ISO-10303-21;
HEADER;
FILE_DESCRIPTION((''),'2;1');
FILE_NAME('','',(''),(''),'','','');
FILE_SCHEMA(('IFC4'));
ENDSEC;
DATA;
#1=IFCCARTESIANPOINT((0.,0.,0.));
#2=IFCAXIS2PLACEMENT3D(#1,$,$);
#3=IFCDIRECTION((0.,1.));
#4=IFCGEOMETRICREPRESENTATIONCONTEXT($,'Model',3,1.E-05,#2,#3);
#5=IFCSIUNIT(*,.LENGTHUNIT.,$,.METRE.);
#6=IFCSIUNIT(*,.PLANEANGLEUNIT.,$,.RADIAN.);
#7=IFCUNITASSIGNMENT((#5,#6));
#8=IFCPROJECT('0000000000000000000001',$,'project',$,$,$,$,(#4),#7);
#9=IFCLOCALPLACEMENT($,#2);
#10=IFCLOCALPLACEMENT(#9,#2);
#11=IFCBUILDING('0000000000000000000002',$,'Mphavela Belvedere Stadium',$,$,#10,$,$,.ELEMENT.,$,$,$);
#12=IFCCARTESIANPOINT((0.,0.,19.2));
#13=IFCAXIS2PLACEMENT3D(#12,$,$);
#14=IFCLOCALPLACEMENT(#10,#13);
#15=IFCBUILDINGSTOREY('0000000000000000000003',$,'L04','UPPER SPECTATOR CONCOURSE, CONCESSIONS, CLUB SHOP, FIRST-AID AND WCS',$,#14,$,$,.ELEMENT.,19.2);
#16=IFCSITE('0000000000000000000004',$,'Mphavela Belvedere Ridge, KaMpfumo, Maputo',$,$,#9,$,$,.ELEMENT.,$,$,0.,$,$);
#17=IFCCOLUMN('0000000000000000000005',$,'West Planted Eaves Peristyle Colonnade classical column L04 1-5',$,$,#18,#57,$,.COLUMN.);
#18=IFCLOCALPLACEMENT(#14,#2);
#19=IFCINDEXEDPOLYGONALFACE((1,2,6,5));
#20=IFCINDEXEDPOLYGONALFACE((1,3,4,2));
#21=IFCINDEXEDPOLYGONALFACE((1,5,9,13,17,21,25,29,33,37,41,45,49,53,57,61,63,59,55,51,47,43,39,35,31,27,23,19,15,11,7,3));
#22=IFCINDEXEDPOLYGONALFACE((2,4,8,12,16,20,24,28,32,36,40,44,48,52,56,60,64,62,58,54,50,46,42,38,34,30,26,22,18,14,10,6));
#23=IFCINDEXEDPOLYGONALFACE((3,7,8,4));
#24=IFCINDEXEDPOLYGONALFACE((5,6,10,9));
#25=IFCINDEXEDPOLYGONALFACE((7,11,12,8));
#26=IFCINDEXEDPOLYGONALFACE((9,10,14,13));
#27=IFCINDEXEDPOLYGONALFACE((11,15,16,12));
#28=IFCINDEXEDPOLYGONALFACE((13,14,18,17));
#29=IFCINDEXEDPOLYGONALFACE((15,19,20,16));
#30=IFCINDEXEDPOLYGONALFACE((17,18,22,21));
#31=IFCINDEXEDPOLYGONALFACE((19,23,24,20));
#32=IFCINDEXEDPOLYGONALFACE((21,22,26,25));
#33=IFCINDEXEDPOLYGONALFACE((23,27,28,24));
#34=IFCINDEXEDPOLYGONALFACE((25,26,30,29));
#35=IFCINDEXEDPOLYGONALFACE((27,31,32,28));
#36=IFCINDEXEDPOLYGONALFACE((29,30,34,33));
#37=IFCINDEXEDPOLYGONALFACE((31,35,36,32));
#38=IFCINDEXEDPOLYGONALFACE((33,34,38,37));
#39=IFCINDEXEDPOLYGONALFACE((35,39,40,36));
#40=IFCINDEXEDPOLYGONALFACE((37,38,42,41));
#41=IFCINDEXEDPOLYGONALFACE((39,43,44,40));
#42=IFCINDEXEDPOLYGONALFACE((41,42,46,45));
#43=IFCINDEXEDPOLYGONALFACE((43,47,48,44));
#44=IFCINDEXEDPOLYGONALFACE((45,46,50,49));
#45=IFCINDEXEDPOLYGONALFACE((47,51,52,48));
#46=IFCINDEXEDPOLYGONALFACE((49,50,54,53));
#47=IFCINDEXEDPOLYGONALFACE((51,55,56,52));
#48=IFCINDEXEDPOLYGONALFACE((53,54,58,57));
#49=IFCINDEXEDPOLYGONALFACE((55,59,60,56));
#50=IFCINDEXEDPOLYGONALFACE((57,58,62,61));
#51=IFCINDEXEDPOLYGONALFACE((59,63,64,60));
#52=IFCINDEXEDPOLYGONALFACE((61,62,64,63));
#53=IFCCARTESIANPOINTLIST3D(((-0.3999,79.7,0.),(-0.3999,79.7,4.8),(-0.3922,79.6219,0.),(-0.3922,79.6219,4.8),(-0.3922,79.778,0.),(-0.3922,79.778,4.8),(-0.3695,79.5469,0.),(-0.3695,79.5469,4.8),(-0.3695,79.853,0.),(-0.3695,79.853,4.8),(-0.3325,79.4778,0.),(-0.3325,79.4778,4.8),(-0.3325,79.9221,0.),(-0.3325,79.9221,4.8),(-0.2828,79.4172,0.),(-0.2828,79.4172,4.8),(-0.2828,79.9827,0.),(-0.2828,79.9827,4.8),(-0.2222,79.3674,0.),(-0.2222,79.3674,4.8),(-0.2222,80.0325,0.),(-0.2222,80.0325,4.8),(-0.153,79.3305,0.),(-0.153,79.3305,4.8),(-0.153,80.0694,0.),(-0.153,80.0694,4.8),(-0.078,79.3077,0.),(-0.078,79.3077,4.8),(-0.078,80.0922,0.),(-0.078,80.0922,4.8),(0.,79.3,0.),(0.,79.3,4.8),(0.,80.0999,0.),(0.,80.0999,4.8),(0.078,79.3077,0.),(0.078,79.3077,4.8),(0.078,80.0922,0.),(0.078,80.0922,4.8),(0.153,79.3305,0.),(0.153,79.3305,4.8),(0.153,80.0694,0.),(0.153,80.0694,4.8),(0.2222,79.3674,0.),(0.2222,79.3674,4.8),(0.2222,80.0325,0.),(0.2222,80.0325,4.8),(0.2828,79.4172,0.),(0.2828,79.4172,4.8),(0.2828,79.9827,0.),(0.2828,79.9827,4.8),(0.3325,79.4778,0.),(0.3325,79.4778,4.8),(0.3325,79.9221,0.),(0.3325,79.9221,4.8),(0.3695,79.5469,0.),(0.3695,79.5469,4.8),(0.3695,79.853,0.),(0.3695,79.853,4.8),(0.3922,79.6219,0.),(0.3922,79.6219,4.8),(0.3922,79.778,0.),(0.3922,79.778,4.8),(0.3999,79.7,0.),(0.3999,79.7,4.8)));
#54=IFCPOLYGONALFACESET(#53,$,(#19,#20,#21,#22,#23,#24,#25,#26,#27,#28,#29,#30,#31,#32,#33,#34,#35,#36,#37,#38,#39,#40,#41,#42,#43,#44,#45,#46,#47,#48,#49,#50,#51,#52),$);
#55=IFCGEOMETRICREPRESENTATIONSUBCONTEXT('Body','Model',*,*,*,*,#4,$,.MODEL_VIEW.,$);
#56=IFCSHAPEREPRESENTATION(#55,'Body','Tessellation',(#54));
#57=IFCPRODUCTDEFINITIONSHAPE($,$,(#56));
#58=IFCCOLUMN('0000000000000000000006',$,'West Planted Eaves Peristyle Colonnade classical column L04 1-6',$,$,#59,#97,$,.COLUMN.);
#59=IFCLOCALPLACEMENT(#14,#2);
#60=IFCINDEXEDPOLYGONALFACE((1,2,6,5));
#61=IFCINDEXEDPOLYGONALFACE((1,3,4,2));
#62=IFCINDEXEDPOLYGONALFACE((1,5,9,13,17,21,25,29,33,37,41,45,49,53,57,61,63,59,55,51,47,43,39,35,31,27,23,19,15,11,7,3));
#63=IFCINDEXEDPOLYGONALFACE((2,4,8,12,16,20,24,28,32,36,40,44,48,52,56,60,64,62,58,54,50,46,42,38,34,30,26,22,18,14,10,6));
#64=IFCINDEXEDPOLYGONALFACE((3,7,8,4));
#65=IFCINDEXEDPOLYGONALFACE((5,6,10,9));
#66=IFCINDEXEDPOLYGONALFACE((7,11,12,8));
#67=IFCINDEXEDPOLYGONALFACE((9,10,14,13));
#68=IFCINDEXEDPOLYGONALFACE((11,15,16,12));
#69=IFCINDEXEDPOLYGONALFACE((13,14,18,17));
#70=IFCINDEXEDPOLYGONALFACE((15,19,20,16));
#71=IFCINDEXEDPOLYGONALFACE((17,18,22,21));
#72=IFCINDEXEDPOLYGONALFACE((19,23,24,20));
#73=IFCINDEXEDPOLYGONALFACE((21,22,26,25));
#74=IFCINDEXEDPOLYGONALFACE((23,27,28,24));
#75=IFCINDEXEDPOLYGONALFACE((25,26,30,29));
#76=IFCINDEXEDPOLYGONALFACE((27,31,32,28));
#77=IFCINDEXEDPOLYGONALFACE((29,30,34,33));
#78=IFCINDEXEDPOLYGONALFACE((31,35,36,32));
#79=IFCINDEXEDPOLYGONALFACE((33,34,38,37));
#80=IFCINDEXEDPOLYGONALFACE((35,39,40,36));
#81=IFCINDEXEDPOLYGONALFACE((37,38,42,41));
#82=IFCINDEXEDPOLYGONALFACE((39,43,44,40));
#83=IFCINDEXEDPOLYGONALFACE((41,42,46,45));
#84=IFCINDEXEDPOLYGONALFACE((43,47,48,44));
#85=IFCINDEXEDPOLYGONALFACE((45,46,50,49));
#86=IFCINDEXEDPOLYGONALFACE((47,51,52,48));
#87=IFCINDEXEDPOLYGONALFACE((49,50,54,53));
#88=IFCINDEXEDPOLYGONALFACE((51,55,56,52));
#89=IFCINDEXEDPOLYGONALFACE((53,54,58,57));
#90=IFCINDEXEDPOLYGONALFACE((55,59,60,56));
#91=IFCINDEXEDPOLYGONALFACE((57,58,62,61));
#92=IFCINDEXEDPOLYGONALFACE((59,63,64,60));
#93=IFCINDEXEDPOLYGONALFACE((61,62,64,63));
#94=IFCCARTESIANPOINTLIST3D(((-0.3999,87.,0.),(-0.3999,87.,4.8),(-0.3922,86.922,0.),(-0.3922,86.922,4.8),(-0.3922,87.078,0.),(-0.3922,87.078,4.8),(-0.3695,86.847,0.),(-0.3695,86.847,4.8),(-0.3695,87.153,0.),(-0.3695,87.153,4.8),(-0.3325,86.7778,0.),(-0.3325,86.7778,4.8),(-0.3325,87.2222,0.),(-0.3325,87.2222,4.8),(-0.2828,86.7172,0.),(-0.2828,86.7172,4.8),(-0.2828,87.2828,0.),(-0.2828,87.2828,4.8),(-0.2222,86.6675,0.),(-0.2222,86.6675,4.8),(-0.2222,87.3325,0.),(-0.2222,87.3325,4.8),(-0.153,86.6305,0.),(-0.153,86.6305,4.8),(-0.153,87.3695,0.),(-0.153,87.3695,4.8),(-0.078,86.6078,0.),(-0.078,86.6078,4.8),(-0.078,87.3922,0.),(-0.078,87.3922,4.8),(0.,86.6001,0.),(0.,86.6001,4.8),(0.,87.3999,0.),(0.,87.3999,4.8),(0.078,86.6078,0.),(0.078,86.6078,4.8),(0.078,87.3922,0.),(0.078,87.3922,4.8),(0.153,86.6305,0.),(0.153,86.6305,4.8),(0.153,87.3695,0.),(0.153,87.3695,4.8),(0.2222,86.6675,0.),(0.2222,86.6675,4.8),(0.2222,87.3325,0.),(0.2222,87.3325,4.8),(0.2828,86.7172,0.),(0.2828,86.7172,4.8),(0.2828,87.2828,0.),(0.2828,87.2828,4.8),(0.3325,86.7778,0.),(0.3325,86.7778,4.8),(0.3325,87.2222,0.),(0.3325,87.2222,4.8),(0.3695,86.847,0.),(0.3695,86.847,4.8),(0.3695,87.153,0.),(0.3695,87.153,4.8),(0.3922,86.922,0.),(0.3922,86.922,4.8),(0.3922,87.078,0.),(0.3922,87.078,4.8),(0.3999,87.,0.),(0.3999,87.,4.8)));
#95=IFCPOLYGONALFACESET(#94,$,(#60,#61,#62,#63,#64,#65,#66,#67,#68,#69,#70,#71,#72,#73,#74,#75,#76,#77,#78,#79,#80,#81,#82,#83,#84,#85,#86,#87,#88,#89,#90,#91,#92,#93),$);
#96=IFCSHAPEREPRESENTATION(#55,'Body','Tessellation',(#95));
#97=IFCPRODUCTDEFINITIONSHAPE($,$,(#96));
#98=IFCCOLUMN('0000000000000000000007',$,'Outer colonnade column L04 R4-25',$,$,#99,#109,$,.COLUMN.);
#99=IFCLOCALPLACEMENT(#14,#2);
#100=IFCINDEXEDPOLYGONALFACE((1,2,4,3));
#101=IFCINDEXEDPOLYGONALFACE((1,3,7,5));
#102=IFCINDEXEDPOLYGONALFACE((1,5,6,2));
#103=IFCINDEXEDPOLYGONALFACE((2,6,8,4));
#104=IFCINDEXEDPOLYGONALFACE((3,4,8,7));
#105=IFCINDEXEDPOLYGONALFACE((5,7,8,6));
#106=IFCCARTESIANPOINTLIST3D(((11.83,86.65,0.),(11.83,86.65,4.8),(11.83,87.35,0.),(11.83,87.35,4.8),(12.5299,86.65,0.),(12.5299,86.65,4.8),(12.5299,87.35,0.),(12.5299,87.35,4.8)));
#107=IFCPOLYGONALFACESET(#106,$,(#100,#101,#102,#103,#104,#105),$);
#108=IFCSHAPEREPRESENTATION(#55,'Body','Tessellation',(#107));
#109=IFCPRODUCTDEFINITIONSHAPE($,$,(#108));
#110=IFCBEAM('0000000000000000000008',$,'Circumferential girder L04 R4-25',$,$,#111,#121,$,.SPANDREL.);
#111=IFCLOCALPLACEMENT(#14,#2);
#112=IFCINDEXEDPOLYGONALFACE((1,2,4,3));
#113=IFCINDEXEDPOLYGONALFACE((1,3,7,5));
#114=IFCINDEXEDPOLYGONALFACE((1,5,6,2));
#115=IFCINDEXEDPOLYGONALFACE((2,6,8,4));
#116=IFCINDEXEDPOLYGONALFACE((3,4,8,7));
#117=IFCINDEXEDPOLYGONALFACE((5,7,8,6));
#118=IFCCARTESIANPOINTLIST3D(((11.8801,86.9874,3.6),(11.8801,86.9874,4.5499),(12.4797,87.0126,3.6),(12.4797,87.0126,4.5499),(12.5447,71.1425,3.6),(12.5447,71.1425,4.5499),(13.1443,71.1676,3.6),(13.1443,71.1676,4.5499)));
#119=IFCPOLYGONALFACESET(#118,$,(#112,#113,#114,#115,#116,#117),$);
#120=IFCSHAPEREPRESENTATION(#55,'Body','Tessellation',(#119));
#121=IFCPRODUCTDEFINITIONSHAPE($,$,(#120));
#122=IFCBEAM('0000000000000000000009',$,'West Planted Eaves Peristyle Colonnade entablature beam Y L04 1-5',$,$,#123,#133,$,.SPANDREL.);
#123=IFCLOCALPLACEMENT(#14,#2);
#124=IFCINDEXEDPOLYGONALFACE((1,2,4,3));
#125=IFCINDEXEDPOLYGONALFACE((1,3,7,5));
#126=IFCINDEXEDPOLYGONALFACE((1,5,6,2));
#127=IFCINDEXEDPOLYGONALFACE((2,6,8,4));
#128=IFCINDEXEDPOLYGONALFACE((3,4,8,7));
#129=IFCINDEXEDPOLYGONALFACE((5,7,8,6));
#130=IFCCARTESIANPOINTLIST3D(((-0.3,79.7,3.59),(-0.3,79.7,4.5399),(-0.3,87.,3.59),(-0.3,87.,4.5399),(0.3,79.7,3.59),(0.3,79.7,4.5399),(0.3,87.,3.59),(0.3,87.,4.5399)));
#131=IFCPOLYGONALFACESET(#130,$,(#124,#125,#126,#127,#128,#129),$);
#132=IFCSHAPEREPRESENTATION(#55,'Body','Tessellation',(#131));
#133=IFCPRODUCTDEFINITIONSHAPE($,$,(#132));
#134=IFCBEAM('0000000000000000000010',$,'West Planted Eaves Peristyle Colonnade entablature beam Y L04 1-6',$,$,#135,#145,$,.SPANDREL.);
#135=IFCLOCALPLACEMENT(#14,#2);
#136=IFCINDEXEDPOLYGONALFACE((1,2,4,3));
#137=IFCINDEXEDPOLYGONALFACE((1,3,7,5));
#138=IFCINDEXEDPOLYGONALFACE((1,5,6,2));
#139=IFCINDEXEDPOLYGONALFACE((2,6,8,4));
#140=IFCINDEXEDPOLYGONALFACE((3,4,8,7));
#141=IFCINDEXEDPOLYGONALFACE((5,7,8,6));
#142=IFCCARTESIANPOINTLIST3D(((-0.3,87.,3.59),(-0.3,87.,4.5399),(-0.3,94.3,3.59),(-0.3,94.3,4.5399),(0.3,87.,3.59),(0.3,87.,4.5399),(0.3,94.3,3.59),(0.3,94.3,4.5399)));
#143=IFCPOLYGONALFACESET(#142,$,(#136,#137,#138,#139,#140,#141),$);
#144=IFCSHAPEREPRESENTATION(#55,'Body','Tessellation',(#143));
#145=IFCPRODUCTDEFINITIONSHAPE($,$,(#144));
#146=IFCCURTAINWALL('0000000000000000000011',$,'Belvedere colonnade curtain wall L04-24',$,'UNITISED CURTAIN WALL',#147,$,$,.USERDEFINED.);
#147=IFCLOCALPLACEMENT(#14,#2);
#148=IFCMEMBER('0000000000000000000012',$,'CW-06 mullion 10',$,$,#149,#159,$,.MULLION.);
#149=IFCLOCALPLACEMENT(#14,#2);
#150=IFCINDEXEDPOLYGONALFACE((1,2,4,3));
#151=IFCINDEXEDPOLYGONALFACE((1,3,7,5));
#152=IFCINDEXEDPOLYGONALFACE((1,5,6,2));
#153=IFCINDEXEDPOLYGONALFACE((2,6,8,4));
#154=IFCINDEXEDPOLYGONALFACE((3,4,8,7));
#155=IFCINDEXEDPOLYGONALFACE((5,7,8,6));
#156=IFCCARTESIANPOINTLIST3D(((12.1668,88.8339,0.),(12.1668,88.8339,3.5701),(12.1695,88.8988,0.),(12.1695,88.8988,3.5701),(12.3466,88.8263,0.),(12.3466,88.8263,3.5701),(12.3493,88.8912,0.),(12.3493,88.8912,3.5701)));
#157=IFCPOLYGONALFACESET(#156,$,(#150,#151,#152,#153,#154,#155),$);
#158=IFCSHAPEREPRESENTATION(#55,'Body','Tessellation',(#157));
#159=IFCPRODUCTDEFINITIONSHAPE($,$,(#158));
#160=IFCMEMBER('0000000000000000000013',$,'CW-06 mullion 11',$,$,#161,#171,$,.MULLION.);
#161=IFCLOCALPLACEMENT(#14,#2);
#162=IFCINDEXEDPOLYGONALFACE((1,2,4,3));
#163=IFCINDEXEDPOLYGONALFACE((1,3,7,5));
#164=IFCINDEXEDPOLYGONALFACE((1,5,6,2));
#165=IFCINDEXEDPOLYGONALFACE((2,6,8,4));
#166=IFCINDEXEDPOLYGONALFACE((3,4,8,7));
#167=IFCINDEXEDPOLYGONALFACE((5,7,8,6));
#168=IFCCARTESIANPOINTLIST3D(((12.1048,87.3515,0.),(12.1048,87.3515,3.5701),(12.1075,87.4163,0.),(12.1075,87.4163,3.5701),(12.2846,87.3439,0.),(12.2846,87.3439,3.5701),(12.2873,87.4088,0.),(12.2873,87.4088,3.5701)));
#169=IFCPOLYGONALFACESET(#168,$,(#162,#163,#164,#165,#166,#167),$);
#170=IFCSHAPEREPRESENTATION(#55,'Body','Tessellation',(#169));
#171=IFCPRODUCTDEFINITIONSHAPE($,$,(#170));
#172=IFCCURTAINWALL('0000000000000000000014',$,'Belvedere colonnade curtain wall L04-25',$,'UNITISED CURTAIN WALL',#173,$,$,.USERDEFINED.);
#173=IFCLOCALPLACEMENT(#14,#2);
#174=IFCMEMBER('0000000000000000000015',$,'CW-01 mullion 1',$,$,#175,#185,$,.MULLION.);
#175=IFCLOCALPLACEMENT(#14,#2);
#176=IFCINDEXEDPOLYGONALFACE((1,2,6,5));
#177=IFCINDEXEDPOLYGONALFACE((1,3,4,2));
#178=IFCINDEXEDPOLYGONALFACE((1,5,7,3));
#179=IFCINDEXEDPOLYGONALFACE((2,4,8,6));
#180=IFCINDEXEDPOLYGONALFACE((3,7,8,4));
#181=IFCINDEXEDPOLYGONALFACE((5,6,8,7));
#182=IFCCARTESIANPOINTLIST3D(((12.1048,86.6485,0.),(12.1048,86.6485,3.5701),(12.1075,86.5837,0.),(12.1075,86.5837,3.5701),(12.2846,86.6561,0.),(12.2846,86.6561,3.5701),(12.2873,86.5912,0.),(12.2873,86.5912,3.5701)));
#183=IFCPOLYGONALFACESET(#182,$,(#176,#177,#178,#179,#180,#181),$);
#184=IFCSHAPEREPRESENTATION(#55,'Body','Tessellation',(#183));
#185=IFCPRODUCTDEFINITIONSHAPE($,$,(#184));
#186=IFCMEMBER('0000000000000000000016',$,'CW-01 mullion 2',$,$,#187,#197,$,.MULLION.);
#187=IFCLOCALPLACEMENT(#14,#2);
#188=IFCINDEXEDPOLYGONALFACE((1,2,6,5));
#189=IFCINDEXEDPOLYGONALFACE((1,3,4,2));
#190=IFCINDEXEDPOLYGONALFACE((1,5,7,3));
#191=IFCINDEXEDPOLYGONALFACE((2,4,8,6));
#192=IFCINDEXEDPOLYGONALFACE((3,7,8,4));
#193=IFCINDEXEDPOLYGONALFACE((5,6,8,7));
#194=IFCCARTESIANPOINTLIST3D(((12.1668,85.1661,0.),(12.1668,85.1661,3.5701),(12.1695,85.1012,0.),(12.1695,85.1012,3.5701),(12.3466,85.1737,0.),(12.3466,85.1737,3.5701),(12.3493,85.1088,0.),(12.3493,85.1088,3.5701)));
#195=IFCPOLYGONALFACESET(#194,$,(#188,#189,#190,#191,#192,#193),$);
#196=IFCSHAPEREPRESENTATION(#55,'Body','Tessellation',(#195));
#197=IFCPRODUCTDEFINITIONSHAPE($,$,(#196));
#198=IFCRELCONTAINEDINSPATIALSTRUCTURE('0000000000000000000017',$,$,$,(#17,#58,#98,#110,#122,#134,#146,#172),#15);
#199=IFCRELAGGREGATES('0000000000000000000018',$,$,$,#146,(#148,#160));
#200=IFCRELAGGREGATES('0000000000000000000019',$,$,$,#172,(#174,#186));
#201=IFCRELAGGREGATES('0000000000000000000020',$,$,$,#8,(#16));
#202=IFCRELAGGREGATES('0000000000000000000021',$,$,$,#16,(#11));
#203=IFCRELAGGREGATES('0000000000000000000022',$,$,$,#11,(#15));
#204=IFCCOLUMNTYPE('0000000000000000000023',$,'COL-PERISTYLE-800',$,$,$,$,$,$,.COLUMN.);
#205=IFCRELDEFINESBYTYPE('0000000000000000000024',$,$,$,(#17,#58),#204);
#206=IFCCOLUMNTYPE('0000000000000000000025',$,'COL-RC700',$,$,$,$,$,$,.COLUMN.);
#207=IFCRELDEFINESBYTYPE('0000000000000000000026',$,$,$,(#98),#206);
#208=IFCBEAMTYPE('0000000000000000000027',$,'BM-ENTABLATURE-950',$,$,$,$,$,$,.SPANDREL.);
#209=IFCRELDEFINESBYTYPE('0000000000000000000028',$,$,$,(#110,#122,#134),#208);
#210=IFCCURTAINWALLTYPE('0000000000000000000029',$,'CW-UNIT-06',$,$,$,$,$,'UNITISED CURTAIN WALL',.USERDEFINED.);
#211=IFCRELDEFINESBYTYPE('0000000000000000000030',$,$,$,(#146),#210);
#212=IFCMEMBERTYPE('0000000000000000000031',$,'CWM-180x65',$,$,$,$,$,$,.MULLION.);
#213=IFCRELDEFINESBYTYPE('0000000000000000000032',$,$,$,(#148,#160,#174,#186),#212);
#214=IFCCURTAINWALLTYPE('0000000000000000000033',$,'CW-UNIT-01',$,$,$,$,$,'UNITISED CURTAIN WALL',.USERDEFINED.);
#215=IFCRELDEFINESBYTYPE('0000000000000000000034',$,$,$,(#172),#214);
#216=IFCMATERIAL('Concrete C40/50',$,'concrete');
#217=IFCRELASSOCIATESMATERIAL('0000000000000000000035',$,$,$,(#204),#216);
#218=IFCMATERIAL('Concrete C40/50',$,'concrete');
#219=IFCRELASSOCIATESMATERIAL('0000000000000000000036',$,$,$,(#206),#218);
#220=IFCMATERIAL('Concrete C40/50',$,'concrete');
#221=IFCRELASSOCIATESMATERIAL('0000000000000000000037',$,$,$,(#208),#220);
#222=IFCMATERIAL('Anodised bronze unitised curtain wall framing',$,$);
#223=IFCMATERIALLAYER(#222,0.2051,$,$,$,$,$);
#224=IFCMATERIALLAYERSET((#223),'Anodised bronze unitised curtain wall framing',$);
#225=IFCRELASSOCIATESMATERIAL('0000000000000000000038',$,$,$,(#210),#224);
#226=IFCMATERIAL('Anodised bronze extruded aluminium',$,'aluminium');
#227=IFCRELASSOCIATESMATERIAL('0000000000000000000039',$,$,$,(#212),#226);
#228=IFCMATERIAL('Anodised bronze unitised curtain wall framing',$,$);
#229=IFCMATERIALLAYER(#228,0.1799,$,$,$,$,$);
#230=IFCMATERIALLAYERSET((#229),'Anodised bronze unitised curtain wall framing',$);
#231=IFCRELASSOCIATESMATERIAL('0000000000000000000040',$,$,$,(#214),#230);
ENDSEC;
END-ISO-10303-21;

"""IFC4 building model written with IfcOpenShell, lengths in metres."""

from ifc_helpers import new_model, si_unit, direction, frame, origin, origin_2d, place, context, subcontext, project, spatial, rectangle, circle, extrude, material, layer, layer_set, material_profile, profile_set, type_object, element, aggregate, save


model = new_model("IFC4")

# Units and contexts
model_context = context("Model", 3, precision=1e-05, world=origin(), true_north=direction((0.0, 1.0)))
body_context = subcontext(model_context, "Body", "Model", "MODEL_VIEW")
ifc_project = project(units=[si_unit("LENGTHUNIT", "METRE"), si_unit("PLANEANGLEUNIT", "RADIAN")], contexts=[model_context])

# Site, building, storey
site_placement = place(None, origin())
site = spatial("IfcSite", under=ifc_project, at=site_placement, Name="Mphavela Belvedere Ridge, KaMpfumo, Maputo", CompositionType="ELEMENT", RefElevation=0.0)
building_placement = place(site_placement, origin())
building = spatial("IfcBuilding", under=site, at=building_placement, Name="Mphavela Belvedere Stadium", CompositionType="ELEMENT")
storey_placement = place(building_placement, frame((0.0, 0.0, 19.2)))
storey = spatial("IfcBuildingStorey", under=building, at=storey_placement, Name="L04", Description="UPPER SPECTATOR CONCOURSE, CONCESSIONS, CLUB SHOP, FIRST-AID AND WCS", CompositionType="ELEMENT", Elevation=19.2)

# Columns
ifc_material_1 = material(Name="Concrete C40/50", Category="concrete")
ifc_material_profile_1 = material_profile(ifc_material_1, circle(Radius=0.3999, at=origin_2d()), Name="COL D800")
ifc_profile_set_1 = profile_set([ifc_material_profile_1], Name="Concrete C40/50")
column_type_1 = type_object("IfcColumnType", Name="COL-PERISTYLE-800", PredefinedType="COLUMN", material=ifc_profile_set_1)
for number, where, z_axis, x_axis, name in (
    (1, (0.0, 79.7, 0.0), (0.0, 0.0, 1.0), (1.0, 0.0, 0.0), "West Planted Eaves Peristyle Colonnade classical column L04 1-5"),
    (2, (0.0, 87.0, 0.0), (0.0, 0.0, 1.0), (1.0, 0.0, 0.0), "West Planted Eaves Peristyle Colonnade classical column L04 1-6"),
):
    element("IfcColumn", number, at=place(storey_placement, frame(where, z_axis=z_axis, x_axis=x_axis)), inside=storey, type_object=column_type_1, Name=name, PredefinedType="COLUMN", context=body_context, shape_type="SweptSolid", body=[
        extrude(circle(Radius=0.3999, at=origin_2d()), origin(), (0.0, 0.0, 1.0), 4.8),
    ])
ifc_material_2 = material(Name="Concrete C40/50", Category="concrete")
ifc_material_profile_2 = material_profile(ifc_material_2, rectangle(XDim=0.7, YDim=0.7, at=origin_2d()), Name="RC 700x700")
ifc_profile_set_2 = profile_set([ifc_material_profile_2], Name="Concrete C40/50")
column_type_2 = type_object("IfcColumnType", Name="COL-RC700", PredefinedType="COLUMN", material=ifc_profile_set_2)
column_placement = place(storey_placement, frame((12.1799, 87.0, 0.0), z_axis=(0.0, 0.0, 1.0), x_axis=(-1.0, 0.0, 0.0)))
element("IfcColumn", 3, at=column_placement, inside=storey, type_object=column_type_2, Name="Outer colonnade column L04 R4-25", PredefinedType="COLUMN", context=body_context, shape_type="SweptSolid", body=[
    extrude(rectangle(XDim=0.7, YDim=0.7, at=origin_2d()), origin(), (0.0, 0.0, 1.0), 4.8),
])

# Beams
ifc_material_3 = material(Name="Concrete C40/50", Category="concrete")
ifc_material_profile_3 = material_profile(ifc_material_3, rectangle(XDim=0.6001, YDim=0.95, at=origin_2d()), Name="RC 600x950")
ifc_profile_set_3 = profile_set([ifc_material_profile_3], Name="Concrete C40/50")
beam_type = type_object("IfcBeamType", Name="BM-ENTABLATURE-950", PredefinedType="SPANDREL", material=ifc_profile_set_3)
beam_placement = place(storey_placement, frame((12.1799, 87.0, 4.075), z_axis=(0.041904, -0.999122, 0.0), x_axis=(0.999122, 0.041904, 0.0)))
element("IfcBeam", 4, at=beam_placement, inside=storey, type_object=beam_type, Name="Circumferential girder L04 R4-25", PredefinedType="SPANDREL", context=body_context, shape_type="SweptSolid", body=[
    extrude(rectangle(XDim=0.6001, YDim=0.95, at=origin_2d()), origin(), (0.0, 0.0, 1.0), 15.8589),
])
for number, where, z_axis, x_axis, name in (
    (5, (0.0, 79.7, 4.0649), (0.0, 1.0, 0.0), (-1.0, 0.0, 0.0), "West Planted Eaves Peristyle Colonnade entablature beam Y L04 1-5"),
    (6, (0.0, 87.0, 4.0649), (0.0, 1.0, 0.0), (-1.0, 0.0, 0.0), "West Planted Eaves Peristyle Colonnade entablature beam Y L04 1-6"),
):
    element("IfcBeam", number, at=place(storey_placement, frame(where, z_axis=z_axis, x_axis=x_axis)), inside=storey, type_object=beam_type, Name=name, PredefinedType="SPANDREL", context=body_context, shape_type="SweptSolid", body=[
        extrude(rectangle(XDim=0.6001, YDim=0.95, at=origin_2d()), origin(), (0.0, 0.0, 1.0), 7.3),
    ])

# Curtain walls, members
ifc_material_4 = material(Name="Anodised bronze unitised curtain wall framing")
ifc_layer_1 = layer(ifc_material_4, 0.2051)
ifc_layer_set_1 = layer_set([ifc_layer_1], Name="Anodised bronze unitised curtain wall framing")
curtain_wall_type_1 = type_object("IfcCurtainWallType", Name="CW-UNIT-06", ElementType="UNITISED CURTAIN WALL", PredefinedType="USERDEFINED", material=ifc_layer_set_1)
curtain_wall_1_placement = place(storey_placement, origin())
curtain_wall_1 = element("IfcCurtainWall", 7, at=curtain_wall_1_placement, inside=storey, type_object=curtain_wall_type_1, Name="Belvedere colonnade curtain wall L04-24", ObjectType="UNITISED CURTAIN WALL", PredefinedType="USERDEFINED")
ifc_material_5 = material(Name="Anodised bronze extruded aluminium", Category="aluminium")
ifc_material_profile_4 = material_profile(ifc_material_5, rectangle(XDim=0.1799, YDim=0.0649, at=origin_2d()), Name="CW-MUL 180x65")
ifc_profile_set_4 = profile_set([ifc_material_profile_4], Name="Anodised bronze extruded aluminium")
member_type_1 = type_object("IfcMemberType", Name="CWM-180x65", PredefinedType="MULLION", material=ifc_profile_set_4)
member_1_placement = place(storey_placement, frame((12.2581, 88.8625, 0.0), z_axis=(0.0, 0.0, 1.0), x_axis=(0.999122, -0.041905, 0.0)))
member_1 = element("IfcMember", 8, at=member_1_placement, type_object=member_type_1, Name="CW-06 mullion 10", PredefinedType="MULLION", context=body_context, shape_type="SweptSolid", body=[
    extrude(rectangle(XDim=0.1799, YDim=0.0649, at=origin_2d()), origin(), (0.0, 0.0, 1.0), 3.5701),
])
member_2_placement = place(storey_placement, frame((12.196, 87.3801, 0.0), z_axis=(0.0, 0.0, 1.0), x_axis=(0.999122, -0.041905, 0.0)))
member_2 = element("IfcMember", 9, at=member_2_placement, type_object=member_type_1, Name="CW-06 mullion 11", PredefinedType="MULLION", context=body_context, shape_type="SweptSolid", body=[
    extrude(rectangle(XDim=0.1799, YDim=0.0649, at=origin_2d()), origin(), (0.0, 0.0, 1.0), 3.5701),
])
ifc_material_6 = material(Name="Anodised bronze unitised curtain wall framing")
ifc_layer_2 = layer(ifc_material_6, 0.1799)
ifc_layer_set_2 = layer_set([ifc_layer_2], Name="Anodised bronze unitised curtain wall framing")
curtain_wall_type_2 = type_object("IfcCurtainWallType", Name="CW-UNIT-01", ElementType="UNITISED CURTAIN WALL", PredefinedType="USERDEFINED", material=ifc_layer_set_2)
curtain_wall_2_placement = place(storey_placement, origin())
curtain_wall_2 = element("IfcCurtainWall", 10, at=curtain_wall_2_placement, inside=storey, type_object=curtain_wall_type_2, Name="Belvedere colonnade curtain wall L04-25", ObjectType="UNITISED CURTAIN WALL", PredefinedType="USERDEFINED")
member_3_placement = place(storey_placement, frame((12.196, 86.6199, 0.0), z_axis=(0.0, 0.0, 1.0), x_axis=(0.999122, 0.041905, 0.0)))
member_3 = element("IfcMember", 11, at=member_3_placement, type_object=member_type_1, Name="CW-01 mullion 1", PredefinedType="MULLION", context=body_context, shape_type="SweptSolid", body=[
    extrude(rectangle(XDim=0.1799, YDim=0.0649, at=origin_2d()), origin(), (0.0, 0.0, 1.0), 3.5701),
])
member_4_placement = place(storey_placement, frame((12.2581, 85.1375, 0.0), z_axis=(0.0, 0.0, 1.0), x_axis=(0.999122, 0.041905, 0.0)))
member_4 = element("IfcMember", 12, at=member_4_placement, type_object=member_type_1, Name="CW-01 mullion 2", PredefinedType="MULLION", context=body_context, shape_type="SweptSolid", body=[
    extrude(rectangle(XDim=0.1799, YDim=0.0649, at=origin_2d()), origin(), (0.0, 0.0, 1.0), 3.5701),
])

aggregate(curtain_wall_1, [member_1, member_2])
aggregate(curtain_wall_2, [member_3, member_4])

save(model, "model.ifc")
